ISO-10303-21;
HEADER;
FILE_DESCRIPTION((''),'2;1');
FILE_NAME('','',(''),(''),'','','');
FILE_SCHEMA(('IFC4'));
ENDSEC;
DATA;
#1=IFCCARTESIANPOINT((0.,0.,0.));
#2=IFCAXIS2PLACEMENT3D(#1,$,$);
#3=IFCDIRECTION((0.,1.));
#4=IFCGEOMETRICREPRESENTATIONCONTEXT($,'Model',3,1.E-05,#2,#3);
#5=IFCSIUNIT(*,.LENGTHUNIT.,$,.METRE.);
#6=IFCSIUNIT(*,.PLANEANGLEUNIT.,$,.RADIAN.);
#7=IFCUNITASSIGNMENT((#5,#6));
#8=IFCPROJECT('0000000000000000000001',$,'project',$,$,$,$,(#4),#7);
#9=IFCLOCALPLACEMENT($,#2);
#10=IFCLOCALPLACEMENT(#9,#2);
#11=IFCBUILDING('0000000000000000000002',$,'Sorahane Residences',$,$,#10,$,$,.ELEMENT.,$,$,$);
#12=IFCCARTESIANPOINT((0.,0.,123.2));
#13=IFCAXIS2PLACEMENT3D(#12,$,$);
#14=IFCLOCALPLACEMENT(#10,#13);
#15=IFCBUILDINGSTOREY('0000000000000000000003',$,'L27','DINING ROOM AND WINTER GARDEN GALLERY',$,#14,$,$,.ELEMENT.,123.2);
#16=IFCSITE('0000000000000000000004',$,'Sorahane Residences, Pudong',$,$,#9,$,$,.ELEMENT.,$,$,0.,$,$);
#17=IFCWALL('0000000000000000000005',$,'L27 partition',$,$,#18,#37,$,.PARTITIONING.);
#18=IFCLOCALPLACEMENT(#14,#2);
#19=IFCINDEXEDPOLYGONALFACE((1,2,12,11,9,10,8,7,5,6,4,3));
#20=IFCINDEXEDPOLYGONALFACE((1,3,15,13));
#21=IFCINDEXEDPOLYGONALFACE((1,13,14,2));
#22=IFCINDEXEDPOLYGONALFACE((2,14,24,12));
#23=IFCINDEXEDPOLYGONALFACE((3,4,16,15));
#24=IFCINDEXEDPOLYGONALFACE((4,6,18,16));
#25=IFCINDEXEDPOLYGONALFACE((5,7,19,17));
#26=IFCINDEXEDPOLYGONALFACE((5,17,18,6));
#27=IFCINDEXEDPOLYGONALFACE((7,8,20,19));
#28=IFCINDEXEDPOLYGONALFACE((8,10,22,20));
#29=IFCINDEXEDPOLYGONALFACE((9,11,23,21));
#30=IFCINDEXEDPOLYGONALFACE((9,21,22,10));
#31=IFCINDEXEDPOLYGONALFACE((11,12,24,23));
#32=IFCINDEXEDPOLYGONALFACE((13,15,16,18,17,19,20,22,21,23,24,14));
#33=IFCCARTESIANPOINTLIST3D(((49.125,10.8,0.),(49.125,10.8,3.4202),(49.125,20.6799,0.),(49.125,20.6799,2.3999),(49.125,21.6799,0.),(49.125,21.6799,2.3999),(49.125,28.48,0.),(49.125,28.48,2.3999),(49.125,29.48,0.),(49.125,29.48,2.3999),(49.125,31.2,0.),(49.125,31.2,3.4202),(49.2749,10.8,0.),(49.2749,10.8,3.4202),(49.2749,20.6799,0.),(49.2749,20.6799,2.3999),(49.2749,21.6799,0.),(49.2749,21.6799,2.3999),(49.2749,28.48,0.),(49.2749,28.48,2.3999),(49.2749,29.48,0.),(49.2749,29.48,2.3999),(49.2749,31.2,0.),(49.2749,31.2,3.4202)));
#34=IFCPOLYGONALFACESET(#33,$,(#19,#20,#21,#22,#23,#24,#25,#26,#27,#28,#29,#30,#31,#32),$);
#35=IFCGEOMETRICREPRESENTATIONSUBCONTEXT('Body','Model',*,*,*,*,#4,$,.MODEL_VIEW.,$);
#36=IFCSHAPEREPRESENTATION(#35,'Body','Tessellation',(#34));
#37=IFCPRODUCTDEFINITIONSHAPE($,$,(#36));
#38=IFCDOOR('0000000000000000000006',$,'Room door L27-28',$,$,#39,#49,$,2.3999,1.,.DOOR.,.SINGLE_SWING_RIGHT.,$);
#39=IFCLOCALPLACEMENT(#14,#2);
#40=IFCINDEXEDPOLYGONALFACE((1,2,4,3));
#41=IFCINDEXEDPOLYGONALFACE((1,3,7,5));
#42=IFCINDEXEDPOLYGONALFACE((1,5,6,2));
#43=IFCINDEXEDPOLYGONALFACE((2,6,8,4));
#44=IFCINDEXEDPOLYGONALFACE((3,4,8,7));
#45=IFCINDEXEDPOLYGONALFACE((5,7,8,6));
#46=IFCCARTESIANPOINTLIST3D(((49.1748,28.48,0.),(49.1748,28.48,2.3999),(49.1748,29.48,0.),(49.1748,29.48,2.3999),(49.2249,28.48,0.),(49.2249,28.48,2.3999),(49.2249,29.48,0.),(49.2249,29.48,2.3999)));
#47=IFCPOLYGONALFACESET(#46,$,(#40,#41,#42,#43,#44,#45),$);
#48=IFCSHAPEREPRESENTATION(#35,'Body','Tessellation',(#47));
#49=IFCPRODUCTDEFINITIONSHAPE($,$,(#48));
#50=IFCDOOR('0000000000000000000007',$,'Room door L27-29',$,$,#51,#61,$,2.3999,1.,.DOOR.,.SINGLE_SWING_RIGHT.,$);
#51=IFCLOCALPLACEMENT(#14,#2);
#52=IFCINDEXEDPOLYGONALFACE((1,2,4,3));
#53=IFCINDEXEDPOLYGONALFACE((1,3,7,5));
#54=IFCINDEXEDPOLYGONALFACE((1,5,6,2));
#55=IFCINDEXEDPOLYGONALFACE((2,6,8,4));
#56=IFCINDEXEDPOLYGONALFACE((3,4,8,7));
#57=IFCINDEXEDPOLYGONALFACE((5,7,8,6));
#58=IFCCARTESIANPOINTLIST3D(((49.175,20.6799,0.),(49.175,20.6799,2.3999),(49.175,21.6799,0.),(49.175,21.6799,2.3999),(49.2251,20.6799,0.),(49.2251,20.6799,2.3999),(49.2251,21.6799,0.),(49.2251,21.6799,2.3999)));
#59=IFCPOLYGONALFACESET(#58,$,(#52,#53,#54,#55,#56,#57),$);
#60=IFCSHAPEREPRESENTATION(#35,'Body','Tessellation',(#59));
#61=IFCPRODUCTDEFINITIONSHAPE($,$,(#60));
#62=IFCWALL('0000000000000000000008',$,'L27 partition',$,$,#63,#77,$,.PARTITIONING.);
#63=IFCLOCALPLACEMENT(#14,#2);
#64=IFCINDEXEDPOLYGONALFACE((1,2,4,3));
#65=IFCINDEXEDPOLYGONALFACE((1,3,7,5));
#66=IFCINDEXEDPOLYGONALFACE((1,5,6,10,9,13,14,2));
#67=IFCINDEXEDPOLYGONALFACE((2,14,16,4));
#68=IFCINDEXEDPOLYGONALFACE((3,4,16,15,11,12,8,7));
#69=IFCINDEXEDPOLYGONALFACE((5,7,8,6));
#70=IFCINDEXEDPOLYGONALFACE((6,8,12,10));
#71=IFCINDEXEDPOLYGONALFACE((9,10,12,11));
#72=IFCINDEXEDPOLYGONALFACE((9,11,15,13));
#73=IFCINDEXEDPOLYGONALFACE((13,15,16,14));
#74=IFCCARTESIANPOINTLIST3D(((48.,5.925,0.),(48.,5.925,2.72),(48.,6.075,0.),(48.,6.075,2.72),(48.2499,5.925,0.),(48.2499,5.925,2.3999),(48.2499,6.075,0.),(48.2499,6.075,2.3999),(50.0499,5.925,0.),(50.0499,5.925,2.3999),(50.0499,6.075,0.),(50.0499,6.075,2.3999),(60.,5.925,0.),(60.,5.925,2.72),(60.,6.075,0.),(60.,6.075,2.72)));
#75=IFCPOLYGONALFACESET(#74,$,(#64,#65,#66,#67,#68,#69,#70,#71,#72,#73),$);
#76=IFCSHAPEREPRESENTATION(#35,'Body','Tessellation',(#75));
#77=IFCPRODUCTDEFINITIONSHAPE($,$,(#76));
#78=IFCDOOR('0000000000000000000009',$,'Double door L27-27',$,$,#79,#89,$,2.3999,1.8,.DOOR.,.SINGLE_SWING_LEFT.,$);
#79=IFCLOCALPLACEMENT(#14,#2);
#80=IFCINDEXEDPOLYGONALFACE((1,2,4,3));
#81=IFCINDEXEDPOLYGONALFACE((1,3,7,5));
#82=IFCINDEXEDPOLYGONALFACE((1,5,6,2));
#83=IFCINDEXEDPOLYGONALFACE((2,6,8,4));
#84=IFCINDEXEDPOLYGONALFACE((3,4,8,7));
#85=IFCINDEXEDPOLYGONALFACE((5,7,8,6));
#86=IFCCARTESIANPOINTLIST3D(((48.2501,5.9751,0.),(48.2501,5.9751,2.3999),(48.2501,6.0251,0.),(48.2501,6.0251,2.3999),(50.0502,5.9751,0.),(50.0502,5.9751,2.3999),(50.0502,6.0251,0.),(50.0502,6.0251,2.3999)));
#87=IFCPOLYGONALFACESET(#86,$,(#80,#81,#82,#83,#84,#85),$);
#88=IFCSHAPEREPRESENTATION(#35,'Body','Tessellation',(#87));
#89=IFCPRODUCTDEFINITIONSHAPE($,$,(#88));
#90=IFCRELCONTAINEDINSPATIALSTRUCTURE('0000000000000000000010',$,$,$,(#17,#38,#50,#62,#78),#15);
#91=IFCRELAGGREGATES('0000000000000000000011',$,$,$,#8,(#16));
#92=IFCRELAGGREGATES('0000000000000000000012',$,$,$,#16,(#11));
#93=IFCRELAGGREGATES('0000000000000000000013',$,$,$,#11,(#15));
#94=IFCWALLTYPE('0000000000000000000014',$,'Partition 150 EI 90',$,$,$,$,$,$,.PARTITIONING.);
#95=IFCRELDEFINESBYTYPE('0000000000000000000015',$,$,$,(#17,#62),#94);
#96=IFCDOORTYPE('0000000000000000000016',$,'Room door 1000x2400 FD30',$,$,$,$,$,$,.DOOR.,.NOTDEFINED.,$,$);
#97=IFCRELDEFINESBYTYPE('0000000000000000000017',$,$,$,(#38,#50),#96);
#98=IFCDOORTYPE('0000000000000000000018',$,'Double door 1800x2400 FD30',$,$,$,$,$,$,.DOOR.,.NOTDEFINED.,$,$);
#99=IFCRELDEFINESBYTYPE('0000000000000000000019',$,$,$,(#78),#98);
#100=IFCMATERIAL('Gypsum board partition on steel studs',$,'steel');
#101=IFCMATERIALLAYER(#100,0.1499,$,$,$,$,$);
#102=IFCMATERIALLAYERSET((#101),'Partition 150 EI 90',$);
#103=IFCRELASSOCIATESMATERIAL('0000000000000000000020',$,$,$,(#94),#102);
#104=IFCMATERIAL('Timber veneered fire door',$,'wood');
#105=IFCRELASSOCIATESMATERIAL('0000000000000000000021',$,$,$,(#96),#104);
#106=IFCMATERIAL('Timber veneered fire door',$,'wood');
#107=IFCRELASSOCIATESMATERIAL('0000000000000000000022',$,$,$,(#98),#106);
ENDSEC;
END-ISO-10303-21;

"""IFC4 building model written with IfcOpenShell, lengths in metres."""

from ifc_helpers import new_model, si_unit, direction, frame, frame_2d, origin, place, context, subcontext, project, spatial, rectangle, extrude, material, layer, layer_set, type_object, element, fill, save


model = new_model("IFC4")

# Units and contexts
model_context = context("Model", 3, precision=1e-05, world=origin(), true_north=direction((0.0, 1.0)))
body_context = subcontext(model_context, "Body", "Model", "MODEL_VIEW")
ifc_project = project(units=[si_unit("LENGTHUNIT", "METRE"), si_unit("PLANEANGLEUNIT", "RADIAN")], contexts=[model_context])

# Site, building, storey
site_placement = place(None, origin())
site = spatial("IfcSite", under=ifc_project, at=site_placement, Name="Sorahane Residences, Pudong", CompositionType="ELEMENT", RefElevation=0.0)
building_placement = place(site_placement, origin())
building = spatial("IfcBuilding", under=site, at=building_placement, Name="Sorahane Residences", CompositionType="ELEMENT")
storey_placement = place(building_placement, frame((0.0, 0.0, 123.2)))
storey = spatial("IfcBuildingStorey", under=building, at=storey_placement, Name="L27", Description="DINING ROOM AND WINTER GARDEN GALLERY", CompositionType="ELEMENT", Elevation=123.2)

# Shared definitions
ifc_material_1 = material(Name="Gypsum board partition on steel studs", Category="steel")
ifc_layer_1 = layer(ifc_material_1, 0.1499)
ifc_layer_set_1 = layer_set([ifc_layer_1], Name="Partition 150 EI 90")
wall_type = type_object("IfcWallType", Name="Partition 150 EI 90", PredefinedType="PARTITIONING", material=ifc_layer_set_1)

# Wall, openings, doors
wall_1_placement = place(storey_placement, frame((49.2, 10.8, 0.0), z_axis=(0.0, 0.0, 1.0), x_axis=(0.0, 1.0, 0.0)))
wall_1 = element("IfcWall", 1, at=wall_1_placement, inside=storey, type_object=wall_type, Name="L27 partition", PredefinedType="PARTITIONING", context=body_context, shape_type="SweptSolid", body=[
    extrude(rectangle(XDim=20.3999, YDim=0.1499, at=frame_2d((10.2, 0.0))), origin(), (0.0, 0.0, 1.0), 3.4202),
])
opening_1_placement = place(wall_1_placement, frame((17.6799, 0.0, 0.0)))
opening_1 = element("IfcOpeningElement", 2, at=opening_1_placement, cuts=wall_1, PredefinedType="OPENING", context=body_context, shape_type="SweptSolid", body=[
    extrude(rectangle(XDim=1.0, YDim=2.3999, at=frame_2d((0.5, 1.2))), frame((0.0, 0.085, 0.0), z_axis=(0.0, -1.0, 0.0), x_axis=(1.0, 0.0, 0.0)), (0.0, 0.0, 1.0), 0.1699),
])
opening_2_placement = place(wall_1_placement, frame((9.8799, 0.0, 0.0)))
opening_2 = element("IfcOpeningElement", 3, at=opening_2_placement, cuts=wall_1, PredefinedType="OPENING", context=body_context, shape_type="SweptSolid", body=[
    extrude(rectangle(XDim=1.0, YDim=2.3999, at=frame_2d((0.5, 1.2))), frame((0.0, 0.085, 0.0), z_axis=(0.0, -1.0, 0.0), x_axis=(1.0, 0.0, 0.0)), (0.0, 0.0, 1.0), 0.1699),
])
ifc_material_2 = material(Name="Timber veneered fire door", Category="wood")
door_type_1 = type_object("IfcDoorType", Name="Room door 1000x2400 FD30", OperationType="NOTDEFINED", PredefinedType="DOOR", material=ifc_material_2)
door_1_placement = place(opening_1_placement, frame((1.0, 0.0, 0.0), z_axis=(0.0, 0.0, 1.0), x_axis=(-1.0, 0.0, 0.0)))
door_1 = element("IfcDoor", 4, at=door_1_placement, inside=storey, type_object=door_type_1, Name="Room door L27-28", OperationType="SINGLE_SWING_RIGHT", OverallHeight=2.3999, OverallWidth=1.0, PredefinedType="DOOR", context=body_context, shape_type="SweptSolid", body=[
    extrude(rectangle(XDim=1.0, YDim=2.3999, at=frame_2d((0.5, 1.2))), frame((0.0, 0.0249, 0.0), z_axis=(0.0, -1.0, 0.0), x_axis=(1.0, 0.0, 0.0)), (0.0, 0.0, 1.0), 0.05),
])
fill(opening_1, door_1)
door_2_placement = place(opening_2_placement, origin())
door_2 = element("IfcDoor", 5, at=door_2_placement, inside=storey, type_object=door_type_1, Name="Room door L27-29", OperationType="SINGLE_SWING_RIGHT", OverallHeight=2.3999, OverallWidth=1.0, PredefinedType="DOOR", context=body_context, shape_type="SweptSolid", body=[
    extrude(rectangle(XDim=1.0, YDim=2.3999, at=frame_2d((0.5, 1.2))), frame((0.0, 0.0249, 0.0), z_axis=(0.0, -1.0, 0.0), x_axis=(1.0, 0.0, 0.0)), (0.0, 0.0, 1.0), 0.05),
])
fill(opening_2, door_2)

# Wall, opening, door
wall_2_placement = place(storey_placement, frame((48.0, 6.0, 0.0), z_axis=(0.0, 0.0, 1.0), x_axis=(1.0, 0.0, 0.0)))
wall_2 = element("IfcWall", 6, at=wall_2_placement, inside=storey, type_object=wall_type, Name="L27 partition", PredefinedType="PARTITIONING", context=body_context, shape_type="SweptSolid", body=[
    extrude(rectangle(XDim=12.0, YDim=0.1499, at=frame_2d((6.0, 0.0))), origin(), (0.0, 0.0, 1.0), 2.72),
])
opening_3_placement = place(wall_2_placement, frame((0.25, 0.0, 0.0)))
opening_3 = element("IfcOpeningElement", 7, at=opening_3_placement, cuts=wall_2, PredefinedType="OPENING", context=body_context, shape_type="SweptSolid", body=[
    extrude(rectangle(XDim=1.8, YDim=2.3999, at=frame_2d((0.8999, 1.2))), frame((0.0, 0.085, 0.0), z_axis=(0.0, -1.0, 0.0), x_axis=(1.0, 0.0, 0.0)), (0.0, 0.0, 1.0), 0.1699),
])
ifc_material_3 = material(Name="Timber veneered fire door", Category="wood")
door_type_2 = type_object("IfcDoorType", Name="Double door 1800x2400 FD30", OperationType="NOTDEFINED", PredefinedType="DOOR", material=ifc_material_3)
door_3_placement = place(opening_3_placement, frame((1.8, 0.0, 0.0), z_axis=(0.0, 0.0, 1.0), x_axis=(-1.0, 0.0, 0.0)))
door_3 = element("IfcDoor", 8, at=door_3_placement, inside=storey, type_object=door_type_2, Name="Double door L27-27", OperationType="SINGLE_SWING_LEFT", OverallHeight=2.3999, OverallWidth=1.8, PredefinedType="DOOR", context=body_context, shape_type="SweptSolid", body=[
    extrude(rectangle(XDim=1.8, YDim=2.3999, at=frame_2d((0.8999, 1.2))), frame((0.0, 0.0249, 0.0), z_axis=(0.0, -1.0, 0.0), x_axis=(1.0, 0.0, 0.0)), (0.0, 0.0, 1.0), 0.05),
])
fill(opening_3, door_3)

save(model, "model.ifc")
